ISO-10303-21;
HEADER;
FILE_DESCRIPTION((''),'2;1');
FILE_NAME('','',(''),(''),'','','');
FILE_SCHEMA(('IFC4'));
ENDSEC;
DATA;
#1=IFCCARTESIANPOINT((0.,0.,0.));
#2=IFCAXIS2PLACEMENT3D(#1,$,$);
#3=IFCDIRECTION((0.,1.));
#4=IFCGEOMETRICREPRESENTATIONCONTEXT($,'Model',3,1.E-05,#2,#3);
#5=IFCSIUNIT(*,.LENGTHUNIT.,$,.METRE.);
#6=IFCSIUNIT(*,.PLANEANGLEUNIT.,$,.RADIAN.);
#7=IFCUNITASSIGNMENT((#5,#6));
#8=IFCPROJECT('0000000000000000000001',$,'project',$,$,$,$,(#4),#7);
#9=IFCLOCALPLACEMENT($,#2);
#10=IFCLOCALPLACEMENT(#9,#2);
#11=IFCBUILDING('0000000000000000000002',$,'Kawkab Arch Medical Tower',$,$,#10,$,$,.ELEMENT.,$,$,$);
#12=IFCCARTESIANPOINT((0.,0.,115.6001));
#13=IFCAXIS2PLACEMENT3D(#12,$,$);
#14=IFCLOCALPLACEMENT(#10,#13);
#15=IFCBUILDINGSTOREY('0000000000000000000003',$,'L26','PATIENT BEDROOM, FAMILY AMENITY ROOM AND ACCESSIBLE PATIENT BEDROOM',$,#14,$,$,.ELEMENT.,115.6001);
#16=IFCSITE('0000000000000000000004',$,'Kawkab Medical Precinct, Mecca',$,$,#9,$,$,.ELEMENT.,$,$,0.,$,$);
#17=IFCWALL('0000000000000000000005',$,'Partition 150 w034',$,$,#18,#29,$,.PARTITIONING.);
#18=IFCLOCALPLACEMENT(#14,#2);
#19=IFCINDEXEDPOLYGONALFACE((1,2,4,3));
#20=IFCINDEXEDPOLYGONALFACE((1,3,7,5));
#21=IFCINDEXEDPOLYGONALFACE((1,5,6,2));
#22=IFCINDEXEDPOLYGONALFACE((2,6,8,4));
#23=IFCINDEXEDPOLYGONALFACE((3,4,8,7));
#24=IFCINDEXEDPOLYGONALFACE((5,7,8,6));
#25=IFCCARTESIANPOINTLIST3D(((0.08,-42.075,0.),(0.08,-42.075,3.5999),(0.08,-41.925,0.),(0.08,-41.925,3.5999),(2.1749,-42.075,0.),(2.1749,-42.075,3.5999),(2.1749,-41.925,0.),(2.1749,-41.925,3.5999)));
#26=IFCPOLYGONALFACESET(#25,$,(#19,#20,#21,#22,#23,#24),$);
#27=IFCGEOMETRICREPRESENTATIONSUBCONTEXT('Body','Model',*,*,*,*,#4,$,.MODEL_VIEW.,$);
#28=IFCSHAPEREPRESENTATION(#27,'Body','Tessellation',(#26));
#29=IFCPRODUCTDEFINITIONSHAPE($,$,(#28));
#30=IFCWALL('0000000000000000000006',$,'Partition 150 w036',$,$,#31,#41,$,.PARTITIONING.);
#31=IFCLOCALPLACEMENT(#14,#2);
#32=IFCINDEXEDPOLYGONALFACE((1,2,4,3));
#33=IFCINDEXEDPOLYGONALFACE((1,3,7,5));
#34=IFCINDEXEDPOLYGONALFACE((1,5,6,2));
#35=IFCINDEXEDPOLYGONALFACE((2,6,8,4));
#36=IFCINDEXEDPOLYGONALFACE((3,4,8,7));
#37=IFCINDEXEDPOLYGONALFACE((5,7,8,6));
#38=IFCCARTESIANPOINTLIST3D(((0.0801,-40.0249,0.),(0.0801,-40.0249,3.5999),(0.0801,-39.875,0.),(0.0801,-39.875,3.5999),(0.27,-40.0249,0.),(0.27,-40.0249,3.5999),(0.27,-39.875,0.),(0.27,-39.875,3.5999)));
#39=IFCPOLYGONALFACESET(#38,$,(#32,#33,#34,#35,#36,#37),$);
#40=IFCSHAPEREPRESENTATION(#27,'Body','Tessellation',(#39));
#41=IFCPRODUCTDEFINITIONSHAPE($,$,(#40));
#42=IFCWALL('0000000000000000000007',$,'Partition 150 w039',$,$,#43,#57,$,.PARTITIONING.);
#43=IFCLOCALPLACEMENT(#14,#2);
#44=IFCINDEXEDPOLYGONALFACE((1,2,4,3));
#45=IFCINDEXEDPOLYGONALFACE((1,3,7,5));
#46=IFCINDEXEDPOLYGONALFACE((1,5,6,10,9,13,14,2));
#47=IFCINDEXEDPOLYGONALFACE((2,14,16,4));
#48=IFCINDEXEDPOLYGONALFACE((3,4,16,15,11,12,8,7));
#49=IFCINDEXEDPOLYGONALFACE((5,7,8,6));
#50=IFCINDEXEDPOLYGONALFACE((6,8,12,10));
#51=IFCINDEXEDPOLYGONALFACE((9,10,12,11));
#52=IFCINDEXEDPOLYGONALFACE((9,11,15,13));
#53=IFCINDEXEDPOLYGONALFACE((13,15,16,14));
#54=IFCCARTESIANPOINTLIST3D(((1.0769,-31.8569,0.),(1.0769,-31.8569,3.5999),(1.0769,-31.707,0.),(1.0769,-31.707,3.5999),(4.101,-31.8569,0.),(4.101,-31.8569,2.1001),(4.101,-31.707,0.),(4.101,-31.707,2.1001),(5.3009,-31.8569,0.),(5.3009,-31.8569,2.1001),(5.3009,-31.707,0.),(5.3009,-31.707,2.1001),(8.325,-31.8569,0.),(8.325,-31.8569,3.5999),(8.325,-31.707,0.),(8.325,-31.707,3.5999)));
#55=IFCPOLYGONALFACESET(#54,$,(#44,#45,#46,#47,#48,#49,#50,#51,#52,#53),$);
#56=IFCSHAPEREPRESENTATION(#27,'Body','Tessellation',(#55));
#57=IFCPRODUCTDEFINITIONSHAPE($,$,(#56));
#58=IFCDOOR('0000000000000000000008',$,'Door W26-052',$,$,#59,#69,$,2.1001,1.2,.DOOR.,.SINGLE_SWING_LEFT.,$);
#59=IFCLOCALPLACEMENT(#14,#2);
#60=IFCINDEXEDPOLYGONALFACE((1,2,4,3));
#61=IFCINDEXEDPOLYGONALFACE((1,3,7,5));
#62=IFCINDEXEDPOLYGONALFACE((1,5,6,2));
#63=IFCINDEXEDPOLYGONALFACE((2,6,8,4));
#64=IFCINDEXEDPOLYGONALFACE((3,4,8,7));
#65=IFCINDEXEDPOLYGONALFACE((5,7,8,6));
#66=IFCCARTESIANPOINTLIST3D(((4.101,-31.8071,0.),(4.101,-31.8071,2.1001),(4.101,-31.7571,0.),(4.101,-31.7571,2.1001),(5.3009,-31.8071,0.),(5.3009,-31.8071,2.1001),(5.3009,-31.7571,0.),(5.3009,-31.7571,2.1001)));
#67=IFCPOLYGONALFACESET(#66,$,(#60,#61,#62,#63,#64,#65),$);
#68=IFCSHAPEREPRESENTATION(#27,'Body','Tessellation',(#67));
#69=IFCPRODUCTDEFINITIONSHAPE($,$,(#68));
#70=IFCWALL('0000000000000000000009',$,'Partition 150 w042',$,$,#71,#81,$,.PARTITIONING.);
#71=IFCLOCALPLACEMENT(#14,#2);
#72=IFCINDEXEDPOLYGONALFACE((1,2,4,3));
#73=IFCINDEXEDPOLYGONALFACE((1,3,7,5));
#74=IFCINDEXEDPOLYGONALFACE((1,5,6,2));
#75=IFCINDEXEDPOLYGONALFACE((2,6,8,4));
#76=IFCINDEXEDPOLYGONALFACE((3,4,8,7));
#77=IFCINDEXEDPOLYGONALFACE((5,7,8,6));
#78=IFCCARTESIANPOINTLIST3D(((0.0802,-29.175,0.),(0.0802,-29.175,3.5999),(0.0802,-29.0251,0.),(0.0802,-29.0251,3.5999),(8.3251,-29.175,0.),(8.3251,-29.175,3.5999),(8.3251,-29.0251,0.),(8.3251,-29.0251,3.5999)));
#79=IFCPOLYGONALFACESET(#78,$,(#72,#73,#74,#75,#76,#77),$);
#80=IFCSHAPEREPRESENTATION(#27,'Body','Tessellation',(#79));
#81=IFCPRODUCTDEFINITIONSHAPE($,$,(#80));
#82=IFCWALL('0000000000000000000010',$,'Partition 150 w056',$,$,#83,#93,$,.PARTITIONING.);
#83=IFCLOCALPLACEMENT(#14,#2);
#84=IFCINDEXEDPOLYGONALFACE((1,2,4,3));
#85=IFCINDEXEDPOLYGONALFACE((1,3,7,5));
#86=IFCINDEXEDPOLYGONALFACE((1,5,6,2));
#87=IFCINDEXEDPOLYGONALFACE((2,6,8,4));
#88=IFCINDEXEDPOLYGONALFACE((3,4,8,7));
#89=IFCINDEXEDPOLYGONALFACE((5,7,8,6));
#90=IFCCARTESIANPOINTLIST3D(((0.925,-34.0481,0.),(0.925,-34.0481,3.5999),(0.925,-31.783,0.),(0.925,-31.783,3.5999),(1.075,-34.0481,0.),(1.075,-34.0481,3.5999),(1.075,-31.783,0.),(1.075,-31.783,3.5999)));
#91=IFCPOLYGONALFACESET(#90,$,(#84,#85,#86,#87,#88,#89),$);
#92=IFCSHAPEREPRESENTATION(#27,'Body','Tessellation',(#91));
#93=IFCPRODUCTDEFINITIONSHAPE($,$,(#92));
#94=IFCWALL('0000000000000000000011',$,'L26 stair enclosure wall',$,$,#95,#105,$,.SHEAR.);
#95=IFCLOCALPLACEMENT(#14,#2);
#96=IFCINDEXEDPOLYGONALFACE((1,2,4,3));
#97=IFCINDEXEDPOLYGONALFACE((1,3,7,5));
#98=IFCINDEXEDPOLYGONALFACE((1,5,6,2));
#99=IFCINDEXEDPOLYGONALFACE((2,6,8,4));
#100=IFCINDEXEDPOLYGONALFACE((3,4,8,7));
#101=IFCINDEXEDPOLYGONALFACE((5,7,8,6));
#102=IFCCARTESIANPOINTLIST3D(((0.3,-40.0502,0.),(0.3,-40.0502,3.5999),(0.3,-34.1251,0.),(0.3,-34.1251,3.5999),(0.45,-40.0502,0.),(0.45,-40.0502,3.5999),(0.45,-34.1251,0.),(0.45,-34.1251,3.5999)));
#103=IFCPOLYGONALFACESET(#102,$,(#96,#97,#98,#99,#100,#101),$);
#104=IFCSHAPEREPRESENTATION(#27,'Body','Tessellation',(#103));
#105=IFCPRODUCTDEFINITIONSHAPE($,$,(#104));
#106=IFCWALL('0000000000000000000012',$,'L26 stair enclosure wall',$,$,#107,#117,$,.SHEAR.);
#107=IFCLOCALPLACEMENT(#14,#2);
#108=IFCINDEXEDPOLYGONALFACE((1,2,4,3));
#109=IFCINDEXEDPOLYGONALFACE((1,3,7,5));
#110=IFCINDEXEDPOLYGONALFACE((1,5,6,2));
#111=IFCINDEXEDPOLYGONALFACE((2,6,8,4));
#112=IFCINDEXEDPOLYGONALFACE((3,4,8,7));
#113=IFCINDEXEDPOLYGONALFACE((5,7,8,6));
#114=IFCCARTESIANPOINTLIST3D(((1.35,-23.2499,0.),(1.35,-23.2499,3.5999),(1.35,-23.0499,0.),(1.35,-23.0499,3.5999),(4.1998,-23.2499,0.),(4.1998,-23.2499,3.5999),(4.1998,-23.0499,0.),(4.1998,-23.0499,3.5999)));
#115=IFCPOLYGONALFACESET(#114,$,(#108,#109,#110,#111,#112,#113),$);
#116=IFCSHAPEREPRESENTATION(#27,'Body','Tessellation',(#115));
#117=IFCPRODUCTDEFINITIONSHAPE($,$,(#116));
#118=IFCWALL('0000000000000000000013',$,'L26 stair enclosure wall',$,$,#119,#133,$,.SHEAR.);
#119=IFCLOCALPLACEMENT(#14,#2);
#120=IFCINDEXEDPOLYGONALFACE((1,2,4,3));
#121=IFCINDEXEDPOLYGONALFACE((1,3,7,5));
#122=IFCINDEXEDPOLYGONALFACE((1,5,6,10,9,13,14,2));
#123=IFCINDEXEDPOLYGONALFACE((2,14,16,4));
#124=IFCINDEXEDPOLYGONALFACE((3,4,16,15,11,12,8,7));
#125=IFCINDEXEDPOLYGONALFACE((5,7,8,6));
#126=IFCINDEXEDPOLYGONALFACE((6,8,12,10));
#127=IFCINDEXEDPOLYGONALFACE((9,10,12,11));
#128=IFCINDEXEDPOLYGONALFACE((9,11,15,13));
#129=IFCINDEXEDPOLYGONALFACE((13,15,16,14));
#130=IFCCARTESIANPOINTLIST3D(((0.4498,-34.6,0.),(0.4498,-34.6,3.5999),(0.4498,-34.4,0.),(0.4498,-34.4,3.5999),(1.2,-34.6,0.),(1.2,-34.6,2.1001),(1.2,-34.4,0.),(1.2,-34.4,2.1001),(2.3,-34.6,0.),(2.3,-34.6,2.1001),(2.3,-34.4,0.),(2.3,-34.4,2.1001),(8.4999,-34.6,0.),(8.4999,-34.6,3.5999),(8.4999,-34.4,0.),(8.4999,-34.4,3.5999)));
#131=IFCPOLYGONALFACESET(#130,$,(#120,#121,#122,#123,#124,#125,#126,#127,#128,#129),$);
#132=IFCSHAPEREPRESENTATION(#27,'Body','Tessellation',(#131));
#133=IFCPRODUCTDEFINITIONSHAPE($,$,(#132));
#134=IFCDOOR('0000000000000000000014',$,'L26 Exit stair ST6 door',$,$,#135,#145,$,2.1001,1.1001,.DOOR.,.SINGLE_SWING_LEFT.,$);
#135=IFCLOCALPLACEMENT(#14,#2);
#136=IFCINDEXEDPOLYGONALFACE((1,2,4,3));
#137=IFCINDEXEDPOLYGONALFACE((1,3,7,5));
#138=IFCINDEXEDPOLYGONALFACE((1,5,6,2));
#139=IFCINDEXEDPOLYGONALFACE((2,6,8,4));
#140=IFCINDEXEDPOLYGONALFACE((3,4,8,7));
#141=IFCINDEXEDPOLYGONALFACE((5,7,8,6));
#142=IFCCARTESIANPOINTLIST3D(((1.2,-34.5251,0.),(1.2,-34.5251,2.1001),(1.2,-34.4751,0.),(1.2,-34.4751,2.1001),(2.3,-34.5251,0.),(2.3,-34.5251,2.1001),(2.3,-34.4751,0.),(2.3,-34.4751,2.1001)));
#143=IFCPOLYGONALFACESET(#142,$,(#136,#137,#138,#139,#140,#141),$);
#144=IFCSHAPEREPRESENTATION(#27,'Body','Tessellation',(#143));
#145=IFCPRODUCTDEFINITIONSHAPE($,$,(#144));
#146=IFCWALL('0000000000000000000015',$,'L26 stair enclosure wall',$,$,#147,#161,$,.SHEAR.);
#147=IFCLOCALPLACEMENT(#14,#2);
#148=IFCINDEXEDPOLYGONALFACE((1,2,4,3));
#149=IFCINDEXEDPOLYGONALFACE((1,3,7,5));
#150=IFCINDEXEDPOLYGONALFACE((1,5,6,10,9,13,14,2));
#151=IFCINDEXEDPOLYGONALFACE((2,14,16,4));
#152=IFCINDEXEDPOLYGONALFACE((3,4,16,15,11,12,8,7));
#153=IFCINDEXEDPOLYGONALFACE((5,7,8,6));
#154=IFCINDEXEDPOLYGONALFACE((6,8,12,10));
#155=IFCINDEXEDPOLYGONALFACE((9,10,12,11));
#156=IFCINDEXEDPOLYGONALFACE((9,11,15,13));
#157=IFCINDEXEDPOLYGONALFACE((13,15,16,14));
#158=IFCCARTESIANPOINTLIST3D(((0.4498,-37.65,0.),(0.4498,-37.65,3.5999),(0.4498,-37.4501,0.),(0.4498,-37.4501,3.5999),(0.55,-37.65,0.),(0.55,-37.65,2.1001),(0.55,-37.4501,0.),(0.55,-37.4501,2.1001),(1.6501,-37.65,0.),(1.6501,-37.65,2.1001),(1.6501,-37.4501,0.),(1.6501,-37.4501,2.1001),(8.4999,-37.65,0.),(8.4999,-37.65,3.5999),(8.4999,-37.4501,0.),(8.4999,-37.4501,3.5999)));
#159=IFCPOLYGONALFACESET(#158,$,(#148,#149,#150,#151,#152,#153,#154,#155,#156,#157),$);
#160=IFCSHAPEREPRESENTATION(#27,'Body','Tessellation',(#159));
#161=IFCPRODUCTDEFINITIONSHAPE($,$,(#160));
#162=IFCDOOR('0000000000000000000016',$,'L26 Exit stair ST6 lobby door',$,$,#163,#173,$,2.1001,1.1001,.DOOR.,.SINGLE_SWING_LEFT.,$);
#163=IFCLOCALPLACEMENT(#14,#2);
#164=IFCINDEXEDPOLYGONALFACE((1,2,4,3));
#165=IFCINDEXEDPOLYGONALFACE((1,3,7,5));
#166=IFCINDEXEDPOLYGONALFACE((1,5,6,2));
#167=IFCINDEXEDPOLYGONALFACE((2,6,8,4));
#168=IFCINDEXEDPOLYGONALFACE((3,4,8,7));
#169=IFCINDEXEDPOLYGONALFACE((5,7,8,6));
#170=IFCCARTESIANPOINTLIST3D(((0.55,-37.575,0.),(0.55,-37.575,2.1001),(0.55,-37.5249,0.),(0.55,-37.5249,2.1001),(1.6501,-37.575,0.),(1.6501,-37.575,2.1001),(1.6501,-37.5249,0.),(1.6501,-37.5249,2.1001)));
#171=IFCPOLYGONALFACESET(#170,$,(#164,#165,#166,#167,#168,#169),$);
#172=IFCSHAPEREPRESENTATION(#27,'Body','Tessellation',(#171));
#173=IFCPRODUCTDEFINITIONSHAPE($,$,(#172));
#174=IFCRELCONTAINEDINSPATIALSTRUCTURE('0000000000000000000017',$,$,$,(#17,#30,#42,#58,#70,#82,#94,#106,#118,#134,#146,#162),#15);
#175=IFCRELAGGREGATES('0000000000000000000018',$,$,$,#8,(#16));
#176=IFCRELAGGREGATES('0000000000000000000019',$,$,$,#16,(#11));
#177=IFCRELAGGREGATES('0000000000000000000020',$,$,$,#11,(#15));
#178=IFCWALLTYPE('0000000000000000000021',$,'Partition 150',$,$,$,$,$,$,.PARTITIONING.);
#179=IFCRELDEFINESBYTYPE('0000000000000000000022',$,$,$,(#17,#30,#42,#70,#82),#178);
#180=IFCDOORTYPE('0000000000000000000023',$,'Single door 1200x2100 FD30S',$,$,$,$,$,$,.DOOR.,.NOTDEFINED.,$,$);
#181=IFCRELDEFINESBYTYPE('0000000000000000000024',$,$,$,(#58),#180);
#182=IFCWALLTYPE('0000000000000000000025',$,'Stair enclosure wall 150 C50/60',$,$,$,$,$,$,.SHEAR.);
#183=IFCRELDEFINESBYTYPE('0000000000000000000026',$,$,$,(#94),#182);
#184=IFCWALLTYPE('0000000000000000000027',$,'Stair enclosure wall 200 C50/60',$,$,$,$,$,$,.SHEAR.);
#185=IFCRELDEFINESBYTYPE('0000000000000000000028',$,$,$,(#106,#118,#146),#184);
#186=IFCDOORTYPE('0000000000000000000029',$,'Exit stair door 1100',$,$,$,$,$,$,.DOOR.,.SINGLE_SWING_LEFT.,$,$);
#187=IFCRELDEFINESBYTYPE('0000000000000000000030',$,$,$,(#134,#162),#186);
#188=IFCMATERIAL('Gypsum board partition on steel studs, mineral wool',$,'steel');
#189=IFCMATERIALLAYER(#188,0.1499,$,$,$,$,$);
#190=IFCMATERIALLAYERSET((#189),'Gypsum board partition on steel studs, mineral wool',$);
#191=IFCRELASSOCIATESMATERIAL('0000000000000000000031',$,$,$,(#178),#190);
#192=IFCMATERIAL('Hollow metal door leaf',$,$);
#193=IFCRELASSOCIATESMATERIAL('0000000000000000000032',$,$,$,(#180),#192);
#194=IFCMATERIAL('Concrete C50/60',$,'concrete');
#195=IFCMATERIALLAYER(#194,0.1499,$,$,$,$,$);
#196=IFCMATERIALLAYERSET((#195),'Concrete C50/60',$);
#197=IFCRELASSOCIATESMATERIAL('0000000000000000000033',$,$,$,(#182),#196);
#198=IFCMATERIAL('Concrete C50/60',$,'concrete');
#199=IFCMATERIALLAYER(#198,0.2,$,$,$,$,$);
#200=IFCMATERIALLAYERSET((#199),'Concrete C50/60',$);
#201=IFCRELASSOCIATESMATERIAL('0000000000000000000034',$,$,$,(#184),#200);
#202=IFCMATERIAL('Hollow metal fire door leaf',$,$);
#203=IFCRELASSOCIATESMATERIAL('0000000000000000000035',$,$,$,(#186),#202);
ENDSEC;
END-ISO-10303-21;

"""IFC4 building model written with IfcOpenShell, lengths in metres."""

from ifc_helpers import new_model, si_unit, direction, frame, frame_2d, origin, place, context, subcontext, project, spatial, rectangle, extrude, material, layer, layer_set, type_object, element, fill, save


model = new_model("IFC4")

# Units and contexts
model_context = context("Model", 3, precision=1e-05, world=origin(), true_north=direction((0.0, 1.0)))
body_context = subcontext(model_context, "Body", "Model", "MODEL_VIEW")
ifc_project = project(units=[si_unit("LENGTHUNIT", "METRE"), si_unit("PLANEANGLEUNIT", "RADIAN")], contexts=[model_context])

# Site, building, storey
site_placement = place(None, origin())
site = spatial("IfcSite", under=ifc_project, at=site_placement, Name="Kawkab Medical Precinct, Mecca", CompositionType="ELEMENT", RefElevation=0.0)
building_placement = place(site_placement, origin())
building = spatial("IfcBuilding", under=site, at=building_placement, Name="Kawkab Arch Medical Tower", CompositionType="ELEMENT")
storey_placement = place(building_placement, frame((0.0, 0.0, 115.6001)))
storey = spatial("IfcBuildingStorey", under=building, at=storey_placement, Name="L26", Description="PATIENT BEDROOM, FAMILY AMENITY ROOM AND ACCESSIBLE PATIENT BEDROOM", CompositionType="ELEMENT", Elevation=115.6001)

# Walls
ifc_material_1 = material(Name="Gypsum board partition on steel studs, mineral wool", Category="steel")
ifc_layer_1 = layer(ifc_material_1, 0.1499)
ifc_layer_set_1 = layer_set([ifc_layer_1], Name="Gypsum board partition on steel studs, mineral wool")
wall_type_1 = type_object("IfcWallType", Name="Partition 150", PredefinedType="PARTITIONING", material=ifc_layer_set_1)
wall_1_placement = place(storey_placement, frame((0.0801, -42.0, 0.0), z_axis=(0.0, 0.0, 1.0), x_axis=(1.0, 0.0, 0.0)))
element("IfcWall", 1, at=wall_1_placement, inside=storey, type_object=wall_type_1, Name="Partition 150 w034", PredefinedType="PARTITIONING", context=body_context, shape_type="SweptSolid", body=[
    extrude(rectangle(XDim=2.095, YDim=0.1499, at=frame_2d((1.0474, 0.0))), origin(), (0.0, 0.0, 1.0), 3.5999),
])
wall_2_placement = place(storey_placement, frame((0.0801, -39.95, 0.0), z_axis=(0.0, 0.0, 1.0), x_axis=(1.0, 0.0, 0.0)))
element("IfcWall", 2, at=wall_2_placement, inside=storey, type_object=wall_type_1, Name="Partition 150 w036", PredefinedType="PARTITIONING", context=body_context, shape_type="SweptSolid", body=[
    extrude(rectangle(XDim=0.1899, YDim=0.1499, at=frame_2d((0.095, 0.0))), origin(), (0.0, 0.0, 1.0), 3.5999),
])

# Wall, opening, door
wall_3_placement = place(storey_placement, frame((1.0769, -31.782, 0.0), z_axis=(0.0, 0.0, 1.0), x_axis=(1.0, 0.0, 0.0)))
wall_3 = element("IfcWall", 3, at=wall_3_placement, inside=storey, type_object=wall_type_1, Name="Partition 150 w039", PredefinedType="PARTITIONING", context=body_context, shape_type="SweptSolid", body=[
    extrude(rectangle(XDim=7.248, YDim=0.1499, at=frame_2d((3.624, 0.0))), origin(), (0.0, 0.0, 1.0), 3.5999),
])
opening_1_placement = place(wall_3_placement, frame((3.0239, 0.0, 0.0)))
opening_1 = element("IfcOpeningElement", 4, at=opening_1_placement, cuts=wall_3, PredefinedType="OPENING", context=body_context, shape_type="SweptSolid", body=[
    extrude(rectangle(XDim=1.2, YDim=2.1001, at=frame_2d((0.6001, 1.05))), frame((0.0, 0.085, 0.0), z_axis=(0.0, -1.0, 0.0), x_axis=(1.0, 0.0, 0.0)), (0.0, 0.0, 1.0), 0.1699),
])
ifc_material_2 = material(Name="Hollow metal door leaf")
door_type_1 = type_object("IfcDoorType", Name="Single door 1200x2100 FD30S", OperationType="NOTDEFINED", PredefinedType="DOOR", material=ifc_material_2)
door_1_placement = place(opening_1_placement, origin())
door_1 = element("IfcDoor", 5, at=door_1_placement, inside=storey, type_object=door_type_1, Name="Door W26-052", OperationType="SINGLE_SWING_LEFT", OverallHeight=2.1001, OverallWidth=1.2, PredefinedType="DOOR", context=body_context, shape_type="SweptSolid", body=[
    extrude(rectangle(XDim=1.2, YDim=2.1001, at=frame_2d((0.6001, 1.05))), frame((0.0, 0.0249, 0.0), z_axis=(0.0, -1.0, 0.0), x_axis=(1.0, 0.0, 0.0)), (0.0, 0.0, 1.0), 0.05),
])
fill(opening_1, door_1)

# Walls
wall_4_placement = place(storey_placement, frame((0.0801, -29.1001, 0.0), z_axis=(0.0, 0.0, 1.0), x_axis=(1.0, 0.0, 0.0)))
element("IfcWall", 6, at=wall_4_placement, inside=storey, type_object=wall_type_1, Name="Partition 150 w042", PredefinedType="PARTITIONING", context=body_context, shape_type="SweptSolid", body=[
    extrude(rectangle(XDim=8.2449, YDim=0.1499, at=frame_2d((4.1226, 0.0))), origin(), (0.0, 0.0, 1.0), 3.5999),
])
wall_5_placement = place(storey_placement, frame((1.0, -34.0481, 0.0), z_axis=(0.0, 0.0, 1.0), x_axis=(0.0, 1.0, 0.0)))
element("IfcWall", 7, at=wall_5_placement, inside=storey, type_object=wall_type_1, Name="Partition 150 w056", PredefinedType="PARTITIONING", context=body_context, shape_type="SweptSolid", body=[
    extrude(rectangle(XDim=2.2651, YDim=0.1499, at=frame_2d((1.1326, 0.0))), origin(), (0.0, 0.0, 1.0), 3.5999),
])
ifc_material_3 = material(Name="Concrete C50/60", Category="concrete")
ifc_layer_2 = layer(ifc_material_3, 0.1499)
ifc_layer_set_2 = layer_set([ifc_layer_2], Name="Concrete C50/60")
wall_type_2 = type_object("IfcWallType", Name="Stair enclosure wall 150 C50/60", PredefinedType="SHEAR", material=ifc_layer_set_2)
wall_6_placement = place(storey_placement, frame((0.375, -40.05, 0.0), z_axis=(0.0, 0.0, 1.0), x_axis=(0.0, 1.0, 0.0)))
element("IfcWall", 8, at=wall_6_placement, inside=storey, type_object=wall_type_2, Name="L26 stair enclosure wall", PredefinedType="SHEAR", context=body_context, shape_type="SweptSolid", body=[
    extrude(rectangle(XDim=5.925, YDim=0.1499, at=frame_2d((2.9624, 0.0))), origin(), (0.0, 0.0, 1.0), 3.5999),
])
ifc_material_4 = material(Name="Concrete C50/60", Category="concrete")
ifc_layer_3 = layer(ifc_material_4, 0.2)
ifc_layer_set_3 = layer_set([ifc_layer_3], Name="Concrete C50/60")
wall_type_3 = type_object("IfcWallType", Name="Stair enclosure wall 200 C50/60", PredefinedType="SHEAR", material=ifc_layer_set_3)
wall_7_placement = place(storey_placement, frame((1.3501, -23.1499, 0.0), z_axis=(0.0, 0.0, 1.0), x_axis=(1.0, 0.0, 0.0)))
element("IfcWall", 9, at=wall_7_placement, inside=storey, type_object=wall_type_3, Name="L26 stair enclosure wall", PredefinedType="SHEAR", context=body_context, shape_type="SweptSolid", body=[
    extrude(rectangle(XDim=2.8499, YDim=0.2, at=frame_2d((1.4248, 0.0))), origin(), (0.0, 0.0, 1.0), 3.5999),
])

# Walls, openings, doors
wall_8_placement = place(storey_placement, frame((0.45, -34.5, 0.0), z_axis=(0.0, 0.0, 1.0), x_axis=(1.0, 0.0, 0.0)))
wall_8 = element("IfcWall", 10, at=wall_8_placement, inside=storey, type_object=wall_type_3, Name="L26 stair enclosure wall", PredefinedType="SHEAR", context=body_context, shape_type="SweptSolid", body=[
    extrude(rectangle(XDim=8.05, YDim=0.2, at=frame_2d((4.0249, 0.0))), origin(), (0.0, 0.0, 1.0), 3.5999),
])
opening_2_placement = place(wall_8_placement, frame((0.75, 0.0, 0.0)))
opening_2 = element("IfcOpeningElement", 11, at=opening_2_placement, cuts=wall_8, PredefinedType="OPENING", context=body_context, shape_type="SweptSolid", body=[
    extrude(rectangle(XDim=1.1001, YDim=2.1001, at=frame_2d((0.55, 1.05))), frame((0.0, 0.1099, 0.0), z_axis=(0.0, -1.0, 0.0), x_axis=(1.0, 0.0, 0.0)), (0.0, 0.0, 1.0), 0.22),
])
ifc_material_5 = material(Name="Hollow metal fire door leaf")
door_type_2 = type_object("IfcDoorType", Name="Exit stair door 1100", OperationType="SINGLE_SWING_LEFT", PredefinedType="DOOR", material=ifc_material_5)
door_2_placement = place(opening_2_placement, origin())
door_2 = element("IfcDoor", 12, at=door_2_placement, inside=storey, type_object=door_type_2, Name="L26 Exit stair ST6 door", OperationType="SINGLE_SWING_LEFT", OverallHeight=2.1001, OverallWidth=1.1001, PredefinedType="DOOR", context=body_context, shape_type="SweptSolid", body=[
    extrude(rectangle(XDim=1.1001, YDim=2.1001, at=frame_2d((0.55, 1.05))), frame((0.0, 0.0249, 0.0), z_axis=(0.0, -1.0, 0.0), x_axis=(1.0, 0.0, 0.0)), (0.0, 0.0, 1.0), 0.05),
])
fill(opening_2, door_2)
wall_9_placement = place(storey_placement, frame((0.45, -37.55, 0.0), z_axis=(0.0, 0.0, 1.0), x_axis=(1.0, 0.0, 0.0)))
wall_9 = element("IfcWall", 13, at=wall_9_placement, inside=storey, type_object=wall_type_3, Name="L26 stair enclosure wall", PredefinedType="SHEAR", context=body_context, shape_type="SweptSolid", body=[
    extrude(rectangle(XDim=8.05, YDim=0.2, at=frame_2d((4.0249, 0.0))), origin(), (0.0, 0.0, 1.0), 3.5999),
])
opening_3_placement = place(wall_9_placement, frame((0.1001, 0.0, 0.0)))
opening_3 = element("IfcOpeningElement", 14, at=opening_3_placement, cuts=wall_9, PredefinedType="OPENING", context=body_context, shape_type="SweptSolid", body=[
    extrude(rectangle(XDim=1.1001, YDim=2.1001, at=frame_2d((0.55, 1.05))), frame((0.0, 0.1099, 0.0), z_axis=(0.0, -1.0, 0.0), x_axis=(1.0, 0.0, 0.0)), (0.0, 0.0, 1.0), 0.22),
])
door_3_placement = place(opening_3_placement, frame((1.1001, 0.0, 0.0), z_axis=(0.0, 0.0, 1.0), x_axis=(-1.0, 0.0, 0.0)))
door_3 = element("IfcDoor", 15, at=door_3_placement, inside=storey, type_object=door_type_2, Name="L26 Exit stair ST6 lobby door", OperationType="SINGLE_SWING_LEFT", OverallHeight=2.1001, OverallWidth=1.1001, PredefinedType="DOOR", context=body_context, shape_type="SweptSolid", body=[
    extrude(rectangle(XDim=1.1001, YDim=2.1001, at=frame_2d((0.55, 1.05))), frame((0.0, 0.0249, 0.0), z_axis=(0.0, -1.0, 0.0), x_axis=(1.0, 0.0, 0.0)), (0.0, 0.0, 1.0), 0.05),
])
fill(opening_3, door_3)

save(model, "model.ifc")
